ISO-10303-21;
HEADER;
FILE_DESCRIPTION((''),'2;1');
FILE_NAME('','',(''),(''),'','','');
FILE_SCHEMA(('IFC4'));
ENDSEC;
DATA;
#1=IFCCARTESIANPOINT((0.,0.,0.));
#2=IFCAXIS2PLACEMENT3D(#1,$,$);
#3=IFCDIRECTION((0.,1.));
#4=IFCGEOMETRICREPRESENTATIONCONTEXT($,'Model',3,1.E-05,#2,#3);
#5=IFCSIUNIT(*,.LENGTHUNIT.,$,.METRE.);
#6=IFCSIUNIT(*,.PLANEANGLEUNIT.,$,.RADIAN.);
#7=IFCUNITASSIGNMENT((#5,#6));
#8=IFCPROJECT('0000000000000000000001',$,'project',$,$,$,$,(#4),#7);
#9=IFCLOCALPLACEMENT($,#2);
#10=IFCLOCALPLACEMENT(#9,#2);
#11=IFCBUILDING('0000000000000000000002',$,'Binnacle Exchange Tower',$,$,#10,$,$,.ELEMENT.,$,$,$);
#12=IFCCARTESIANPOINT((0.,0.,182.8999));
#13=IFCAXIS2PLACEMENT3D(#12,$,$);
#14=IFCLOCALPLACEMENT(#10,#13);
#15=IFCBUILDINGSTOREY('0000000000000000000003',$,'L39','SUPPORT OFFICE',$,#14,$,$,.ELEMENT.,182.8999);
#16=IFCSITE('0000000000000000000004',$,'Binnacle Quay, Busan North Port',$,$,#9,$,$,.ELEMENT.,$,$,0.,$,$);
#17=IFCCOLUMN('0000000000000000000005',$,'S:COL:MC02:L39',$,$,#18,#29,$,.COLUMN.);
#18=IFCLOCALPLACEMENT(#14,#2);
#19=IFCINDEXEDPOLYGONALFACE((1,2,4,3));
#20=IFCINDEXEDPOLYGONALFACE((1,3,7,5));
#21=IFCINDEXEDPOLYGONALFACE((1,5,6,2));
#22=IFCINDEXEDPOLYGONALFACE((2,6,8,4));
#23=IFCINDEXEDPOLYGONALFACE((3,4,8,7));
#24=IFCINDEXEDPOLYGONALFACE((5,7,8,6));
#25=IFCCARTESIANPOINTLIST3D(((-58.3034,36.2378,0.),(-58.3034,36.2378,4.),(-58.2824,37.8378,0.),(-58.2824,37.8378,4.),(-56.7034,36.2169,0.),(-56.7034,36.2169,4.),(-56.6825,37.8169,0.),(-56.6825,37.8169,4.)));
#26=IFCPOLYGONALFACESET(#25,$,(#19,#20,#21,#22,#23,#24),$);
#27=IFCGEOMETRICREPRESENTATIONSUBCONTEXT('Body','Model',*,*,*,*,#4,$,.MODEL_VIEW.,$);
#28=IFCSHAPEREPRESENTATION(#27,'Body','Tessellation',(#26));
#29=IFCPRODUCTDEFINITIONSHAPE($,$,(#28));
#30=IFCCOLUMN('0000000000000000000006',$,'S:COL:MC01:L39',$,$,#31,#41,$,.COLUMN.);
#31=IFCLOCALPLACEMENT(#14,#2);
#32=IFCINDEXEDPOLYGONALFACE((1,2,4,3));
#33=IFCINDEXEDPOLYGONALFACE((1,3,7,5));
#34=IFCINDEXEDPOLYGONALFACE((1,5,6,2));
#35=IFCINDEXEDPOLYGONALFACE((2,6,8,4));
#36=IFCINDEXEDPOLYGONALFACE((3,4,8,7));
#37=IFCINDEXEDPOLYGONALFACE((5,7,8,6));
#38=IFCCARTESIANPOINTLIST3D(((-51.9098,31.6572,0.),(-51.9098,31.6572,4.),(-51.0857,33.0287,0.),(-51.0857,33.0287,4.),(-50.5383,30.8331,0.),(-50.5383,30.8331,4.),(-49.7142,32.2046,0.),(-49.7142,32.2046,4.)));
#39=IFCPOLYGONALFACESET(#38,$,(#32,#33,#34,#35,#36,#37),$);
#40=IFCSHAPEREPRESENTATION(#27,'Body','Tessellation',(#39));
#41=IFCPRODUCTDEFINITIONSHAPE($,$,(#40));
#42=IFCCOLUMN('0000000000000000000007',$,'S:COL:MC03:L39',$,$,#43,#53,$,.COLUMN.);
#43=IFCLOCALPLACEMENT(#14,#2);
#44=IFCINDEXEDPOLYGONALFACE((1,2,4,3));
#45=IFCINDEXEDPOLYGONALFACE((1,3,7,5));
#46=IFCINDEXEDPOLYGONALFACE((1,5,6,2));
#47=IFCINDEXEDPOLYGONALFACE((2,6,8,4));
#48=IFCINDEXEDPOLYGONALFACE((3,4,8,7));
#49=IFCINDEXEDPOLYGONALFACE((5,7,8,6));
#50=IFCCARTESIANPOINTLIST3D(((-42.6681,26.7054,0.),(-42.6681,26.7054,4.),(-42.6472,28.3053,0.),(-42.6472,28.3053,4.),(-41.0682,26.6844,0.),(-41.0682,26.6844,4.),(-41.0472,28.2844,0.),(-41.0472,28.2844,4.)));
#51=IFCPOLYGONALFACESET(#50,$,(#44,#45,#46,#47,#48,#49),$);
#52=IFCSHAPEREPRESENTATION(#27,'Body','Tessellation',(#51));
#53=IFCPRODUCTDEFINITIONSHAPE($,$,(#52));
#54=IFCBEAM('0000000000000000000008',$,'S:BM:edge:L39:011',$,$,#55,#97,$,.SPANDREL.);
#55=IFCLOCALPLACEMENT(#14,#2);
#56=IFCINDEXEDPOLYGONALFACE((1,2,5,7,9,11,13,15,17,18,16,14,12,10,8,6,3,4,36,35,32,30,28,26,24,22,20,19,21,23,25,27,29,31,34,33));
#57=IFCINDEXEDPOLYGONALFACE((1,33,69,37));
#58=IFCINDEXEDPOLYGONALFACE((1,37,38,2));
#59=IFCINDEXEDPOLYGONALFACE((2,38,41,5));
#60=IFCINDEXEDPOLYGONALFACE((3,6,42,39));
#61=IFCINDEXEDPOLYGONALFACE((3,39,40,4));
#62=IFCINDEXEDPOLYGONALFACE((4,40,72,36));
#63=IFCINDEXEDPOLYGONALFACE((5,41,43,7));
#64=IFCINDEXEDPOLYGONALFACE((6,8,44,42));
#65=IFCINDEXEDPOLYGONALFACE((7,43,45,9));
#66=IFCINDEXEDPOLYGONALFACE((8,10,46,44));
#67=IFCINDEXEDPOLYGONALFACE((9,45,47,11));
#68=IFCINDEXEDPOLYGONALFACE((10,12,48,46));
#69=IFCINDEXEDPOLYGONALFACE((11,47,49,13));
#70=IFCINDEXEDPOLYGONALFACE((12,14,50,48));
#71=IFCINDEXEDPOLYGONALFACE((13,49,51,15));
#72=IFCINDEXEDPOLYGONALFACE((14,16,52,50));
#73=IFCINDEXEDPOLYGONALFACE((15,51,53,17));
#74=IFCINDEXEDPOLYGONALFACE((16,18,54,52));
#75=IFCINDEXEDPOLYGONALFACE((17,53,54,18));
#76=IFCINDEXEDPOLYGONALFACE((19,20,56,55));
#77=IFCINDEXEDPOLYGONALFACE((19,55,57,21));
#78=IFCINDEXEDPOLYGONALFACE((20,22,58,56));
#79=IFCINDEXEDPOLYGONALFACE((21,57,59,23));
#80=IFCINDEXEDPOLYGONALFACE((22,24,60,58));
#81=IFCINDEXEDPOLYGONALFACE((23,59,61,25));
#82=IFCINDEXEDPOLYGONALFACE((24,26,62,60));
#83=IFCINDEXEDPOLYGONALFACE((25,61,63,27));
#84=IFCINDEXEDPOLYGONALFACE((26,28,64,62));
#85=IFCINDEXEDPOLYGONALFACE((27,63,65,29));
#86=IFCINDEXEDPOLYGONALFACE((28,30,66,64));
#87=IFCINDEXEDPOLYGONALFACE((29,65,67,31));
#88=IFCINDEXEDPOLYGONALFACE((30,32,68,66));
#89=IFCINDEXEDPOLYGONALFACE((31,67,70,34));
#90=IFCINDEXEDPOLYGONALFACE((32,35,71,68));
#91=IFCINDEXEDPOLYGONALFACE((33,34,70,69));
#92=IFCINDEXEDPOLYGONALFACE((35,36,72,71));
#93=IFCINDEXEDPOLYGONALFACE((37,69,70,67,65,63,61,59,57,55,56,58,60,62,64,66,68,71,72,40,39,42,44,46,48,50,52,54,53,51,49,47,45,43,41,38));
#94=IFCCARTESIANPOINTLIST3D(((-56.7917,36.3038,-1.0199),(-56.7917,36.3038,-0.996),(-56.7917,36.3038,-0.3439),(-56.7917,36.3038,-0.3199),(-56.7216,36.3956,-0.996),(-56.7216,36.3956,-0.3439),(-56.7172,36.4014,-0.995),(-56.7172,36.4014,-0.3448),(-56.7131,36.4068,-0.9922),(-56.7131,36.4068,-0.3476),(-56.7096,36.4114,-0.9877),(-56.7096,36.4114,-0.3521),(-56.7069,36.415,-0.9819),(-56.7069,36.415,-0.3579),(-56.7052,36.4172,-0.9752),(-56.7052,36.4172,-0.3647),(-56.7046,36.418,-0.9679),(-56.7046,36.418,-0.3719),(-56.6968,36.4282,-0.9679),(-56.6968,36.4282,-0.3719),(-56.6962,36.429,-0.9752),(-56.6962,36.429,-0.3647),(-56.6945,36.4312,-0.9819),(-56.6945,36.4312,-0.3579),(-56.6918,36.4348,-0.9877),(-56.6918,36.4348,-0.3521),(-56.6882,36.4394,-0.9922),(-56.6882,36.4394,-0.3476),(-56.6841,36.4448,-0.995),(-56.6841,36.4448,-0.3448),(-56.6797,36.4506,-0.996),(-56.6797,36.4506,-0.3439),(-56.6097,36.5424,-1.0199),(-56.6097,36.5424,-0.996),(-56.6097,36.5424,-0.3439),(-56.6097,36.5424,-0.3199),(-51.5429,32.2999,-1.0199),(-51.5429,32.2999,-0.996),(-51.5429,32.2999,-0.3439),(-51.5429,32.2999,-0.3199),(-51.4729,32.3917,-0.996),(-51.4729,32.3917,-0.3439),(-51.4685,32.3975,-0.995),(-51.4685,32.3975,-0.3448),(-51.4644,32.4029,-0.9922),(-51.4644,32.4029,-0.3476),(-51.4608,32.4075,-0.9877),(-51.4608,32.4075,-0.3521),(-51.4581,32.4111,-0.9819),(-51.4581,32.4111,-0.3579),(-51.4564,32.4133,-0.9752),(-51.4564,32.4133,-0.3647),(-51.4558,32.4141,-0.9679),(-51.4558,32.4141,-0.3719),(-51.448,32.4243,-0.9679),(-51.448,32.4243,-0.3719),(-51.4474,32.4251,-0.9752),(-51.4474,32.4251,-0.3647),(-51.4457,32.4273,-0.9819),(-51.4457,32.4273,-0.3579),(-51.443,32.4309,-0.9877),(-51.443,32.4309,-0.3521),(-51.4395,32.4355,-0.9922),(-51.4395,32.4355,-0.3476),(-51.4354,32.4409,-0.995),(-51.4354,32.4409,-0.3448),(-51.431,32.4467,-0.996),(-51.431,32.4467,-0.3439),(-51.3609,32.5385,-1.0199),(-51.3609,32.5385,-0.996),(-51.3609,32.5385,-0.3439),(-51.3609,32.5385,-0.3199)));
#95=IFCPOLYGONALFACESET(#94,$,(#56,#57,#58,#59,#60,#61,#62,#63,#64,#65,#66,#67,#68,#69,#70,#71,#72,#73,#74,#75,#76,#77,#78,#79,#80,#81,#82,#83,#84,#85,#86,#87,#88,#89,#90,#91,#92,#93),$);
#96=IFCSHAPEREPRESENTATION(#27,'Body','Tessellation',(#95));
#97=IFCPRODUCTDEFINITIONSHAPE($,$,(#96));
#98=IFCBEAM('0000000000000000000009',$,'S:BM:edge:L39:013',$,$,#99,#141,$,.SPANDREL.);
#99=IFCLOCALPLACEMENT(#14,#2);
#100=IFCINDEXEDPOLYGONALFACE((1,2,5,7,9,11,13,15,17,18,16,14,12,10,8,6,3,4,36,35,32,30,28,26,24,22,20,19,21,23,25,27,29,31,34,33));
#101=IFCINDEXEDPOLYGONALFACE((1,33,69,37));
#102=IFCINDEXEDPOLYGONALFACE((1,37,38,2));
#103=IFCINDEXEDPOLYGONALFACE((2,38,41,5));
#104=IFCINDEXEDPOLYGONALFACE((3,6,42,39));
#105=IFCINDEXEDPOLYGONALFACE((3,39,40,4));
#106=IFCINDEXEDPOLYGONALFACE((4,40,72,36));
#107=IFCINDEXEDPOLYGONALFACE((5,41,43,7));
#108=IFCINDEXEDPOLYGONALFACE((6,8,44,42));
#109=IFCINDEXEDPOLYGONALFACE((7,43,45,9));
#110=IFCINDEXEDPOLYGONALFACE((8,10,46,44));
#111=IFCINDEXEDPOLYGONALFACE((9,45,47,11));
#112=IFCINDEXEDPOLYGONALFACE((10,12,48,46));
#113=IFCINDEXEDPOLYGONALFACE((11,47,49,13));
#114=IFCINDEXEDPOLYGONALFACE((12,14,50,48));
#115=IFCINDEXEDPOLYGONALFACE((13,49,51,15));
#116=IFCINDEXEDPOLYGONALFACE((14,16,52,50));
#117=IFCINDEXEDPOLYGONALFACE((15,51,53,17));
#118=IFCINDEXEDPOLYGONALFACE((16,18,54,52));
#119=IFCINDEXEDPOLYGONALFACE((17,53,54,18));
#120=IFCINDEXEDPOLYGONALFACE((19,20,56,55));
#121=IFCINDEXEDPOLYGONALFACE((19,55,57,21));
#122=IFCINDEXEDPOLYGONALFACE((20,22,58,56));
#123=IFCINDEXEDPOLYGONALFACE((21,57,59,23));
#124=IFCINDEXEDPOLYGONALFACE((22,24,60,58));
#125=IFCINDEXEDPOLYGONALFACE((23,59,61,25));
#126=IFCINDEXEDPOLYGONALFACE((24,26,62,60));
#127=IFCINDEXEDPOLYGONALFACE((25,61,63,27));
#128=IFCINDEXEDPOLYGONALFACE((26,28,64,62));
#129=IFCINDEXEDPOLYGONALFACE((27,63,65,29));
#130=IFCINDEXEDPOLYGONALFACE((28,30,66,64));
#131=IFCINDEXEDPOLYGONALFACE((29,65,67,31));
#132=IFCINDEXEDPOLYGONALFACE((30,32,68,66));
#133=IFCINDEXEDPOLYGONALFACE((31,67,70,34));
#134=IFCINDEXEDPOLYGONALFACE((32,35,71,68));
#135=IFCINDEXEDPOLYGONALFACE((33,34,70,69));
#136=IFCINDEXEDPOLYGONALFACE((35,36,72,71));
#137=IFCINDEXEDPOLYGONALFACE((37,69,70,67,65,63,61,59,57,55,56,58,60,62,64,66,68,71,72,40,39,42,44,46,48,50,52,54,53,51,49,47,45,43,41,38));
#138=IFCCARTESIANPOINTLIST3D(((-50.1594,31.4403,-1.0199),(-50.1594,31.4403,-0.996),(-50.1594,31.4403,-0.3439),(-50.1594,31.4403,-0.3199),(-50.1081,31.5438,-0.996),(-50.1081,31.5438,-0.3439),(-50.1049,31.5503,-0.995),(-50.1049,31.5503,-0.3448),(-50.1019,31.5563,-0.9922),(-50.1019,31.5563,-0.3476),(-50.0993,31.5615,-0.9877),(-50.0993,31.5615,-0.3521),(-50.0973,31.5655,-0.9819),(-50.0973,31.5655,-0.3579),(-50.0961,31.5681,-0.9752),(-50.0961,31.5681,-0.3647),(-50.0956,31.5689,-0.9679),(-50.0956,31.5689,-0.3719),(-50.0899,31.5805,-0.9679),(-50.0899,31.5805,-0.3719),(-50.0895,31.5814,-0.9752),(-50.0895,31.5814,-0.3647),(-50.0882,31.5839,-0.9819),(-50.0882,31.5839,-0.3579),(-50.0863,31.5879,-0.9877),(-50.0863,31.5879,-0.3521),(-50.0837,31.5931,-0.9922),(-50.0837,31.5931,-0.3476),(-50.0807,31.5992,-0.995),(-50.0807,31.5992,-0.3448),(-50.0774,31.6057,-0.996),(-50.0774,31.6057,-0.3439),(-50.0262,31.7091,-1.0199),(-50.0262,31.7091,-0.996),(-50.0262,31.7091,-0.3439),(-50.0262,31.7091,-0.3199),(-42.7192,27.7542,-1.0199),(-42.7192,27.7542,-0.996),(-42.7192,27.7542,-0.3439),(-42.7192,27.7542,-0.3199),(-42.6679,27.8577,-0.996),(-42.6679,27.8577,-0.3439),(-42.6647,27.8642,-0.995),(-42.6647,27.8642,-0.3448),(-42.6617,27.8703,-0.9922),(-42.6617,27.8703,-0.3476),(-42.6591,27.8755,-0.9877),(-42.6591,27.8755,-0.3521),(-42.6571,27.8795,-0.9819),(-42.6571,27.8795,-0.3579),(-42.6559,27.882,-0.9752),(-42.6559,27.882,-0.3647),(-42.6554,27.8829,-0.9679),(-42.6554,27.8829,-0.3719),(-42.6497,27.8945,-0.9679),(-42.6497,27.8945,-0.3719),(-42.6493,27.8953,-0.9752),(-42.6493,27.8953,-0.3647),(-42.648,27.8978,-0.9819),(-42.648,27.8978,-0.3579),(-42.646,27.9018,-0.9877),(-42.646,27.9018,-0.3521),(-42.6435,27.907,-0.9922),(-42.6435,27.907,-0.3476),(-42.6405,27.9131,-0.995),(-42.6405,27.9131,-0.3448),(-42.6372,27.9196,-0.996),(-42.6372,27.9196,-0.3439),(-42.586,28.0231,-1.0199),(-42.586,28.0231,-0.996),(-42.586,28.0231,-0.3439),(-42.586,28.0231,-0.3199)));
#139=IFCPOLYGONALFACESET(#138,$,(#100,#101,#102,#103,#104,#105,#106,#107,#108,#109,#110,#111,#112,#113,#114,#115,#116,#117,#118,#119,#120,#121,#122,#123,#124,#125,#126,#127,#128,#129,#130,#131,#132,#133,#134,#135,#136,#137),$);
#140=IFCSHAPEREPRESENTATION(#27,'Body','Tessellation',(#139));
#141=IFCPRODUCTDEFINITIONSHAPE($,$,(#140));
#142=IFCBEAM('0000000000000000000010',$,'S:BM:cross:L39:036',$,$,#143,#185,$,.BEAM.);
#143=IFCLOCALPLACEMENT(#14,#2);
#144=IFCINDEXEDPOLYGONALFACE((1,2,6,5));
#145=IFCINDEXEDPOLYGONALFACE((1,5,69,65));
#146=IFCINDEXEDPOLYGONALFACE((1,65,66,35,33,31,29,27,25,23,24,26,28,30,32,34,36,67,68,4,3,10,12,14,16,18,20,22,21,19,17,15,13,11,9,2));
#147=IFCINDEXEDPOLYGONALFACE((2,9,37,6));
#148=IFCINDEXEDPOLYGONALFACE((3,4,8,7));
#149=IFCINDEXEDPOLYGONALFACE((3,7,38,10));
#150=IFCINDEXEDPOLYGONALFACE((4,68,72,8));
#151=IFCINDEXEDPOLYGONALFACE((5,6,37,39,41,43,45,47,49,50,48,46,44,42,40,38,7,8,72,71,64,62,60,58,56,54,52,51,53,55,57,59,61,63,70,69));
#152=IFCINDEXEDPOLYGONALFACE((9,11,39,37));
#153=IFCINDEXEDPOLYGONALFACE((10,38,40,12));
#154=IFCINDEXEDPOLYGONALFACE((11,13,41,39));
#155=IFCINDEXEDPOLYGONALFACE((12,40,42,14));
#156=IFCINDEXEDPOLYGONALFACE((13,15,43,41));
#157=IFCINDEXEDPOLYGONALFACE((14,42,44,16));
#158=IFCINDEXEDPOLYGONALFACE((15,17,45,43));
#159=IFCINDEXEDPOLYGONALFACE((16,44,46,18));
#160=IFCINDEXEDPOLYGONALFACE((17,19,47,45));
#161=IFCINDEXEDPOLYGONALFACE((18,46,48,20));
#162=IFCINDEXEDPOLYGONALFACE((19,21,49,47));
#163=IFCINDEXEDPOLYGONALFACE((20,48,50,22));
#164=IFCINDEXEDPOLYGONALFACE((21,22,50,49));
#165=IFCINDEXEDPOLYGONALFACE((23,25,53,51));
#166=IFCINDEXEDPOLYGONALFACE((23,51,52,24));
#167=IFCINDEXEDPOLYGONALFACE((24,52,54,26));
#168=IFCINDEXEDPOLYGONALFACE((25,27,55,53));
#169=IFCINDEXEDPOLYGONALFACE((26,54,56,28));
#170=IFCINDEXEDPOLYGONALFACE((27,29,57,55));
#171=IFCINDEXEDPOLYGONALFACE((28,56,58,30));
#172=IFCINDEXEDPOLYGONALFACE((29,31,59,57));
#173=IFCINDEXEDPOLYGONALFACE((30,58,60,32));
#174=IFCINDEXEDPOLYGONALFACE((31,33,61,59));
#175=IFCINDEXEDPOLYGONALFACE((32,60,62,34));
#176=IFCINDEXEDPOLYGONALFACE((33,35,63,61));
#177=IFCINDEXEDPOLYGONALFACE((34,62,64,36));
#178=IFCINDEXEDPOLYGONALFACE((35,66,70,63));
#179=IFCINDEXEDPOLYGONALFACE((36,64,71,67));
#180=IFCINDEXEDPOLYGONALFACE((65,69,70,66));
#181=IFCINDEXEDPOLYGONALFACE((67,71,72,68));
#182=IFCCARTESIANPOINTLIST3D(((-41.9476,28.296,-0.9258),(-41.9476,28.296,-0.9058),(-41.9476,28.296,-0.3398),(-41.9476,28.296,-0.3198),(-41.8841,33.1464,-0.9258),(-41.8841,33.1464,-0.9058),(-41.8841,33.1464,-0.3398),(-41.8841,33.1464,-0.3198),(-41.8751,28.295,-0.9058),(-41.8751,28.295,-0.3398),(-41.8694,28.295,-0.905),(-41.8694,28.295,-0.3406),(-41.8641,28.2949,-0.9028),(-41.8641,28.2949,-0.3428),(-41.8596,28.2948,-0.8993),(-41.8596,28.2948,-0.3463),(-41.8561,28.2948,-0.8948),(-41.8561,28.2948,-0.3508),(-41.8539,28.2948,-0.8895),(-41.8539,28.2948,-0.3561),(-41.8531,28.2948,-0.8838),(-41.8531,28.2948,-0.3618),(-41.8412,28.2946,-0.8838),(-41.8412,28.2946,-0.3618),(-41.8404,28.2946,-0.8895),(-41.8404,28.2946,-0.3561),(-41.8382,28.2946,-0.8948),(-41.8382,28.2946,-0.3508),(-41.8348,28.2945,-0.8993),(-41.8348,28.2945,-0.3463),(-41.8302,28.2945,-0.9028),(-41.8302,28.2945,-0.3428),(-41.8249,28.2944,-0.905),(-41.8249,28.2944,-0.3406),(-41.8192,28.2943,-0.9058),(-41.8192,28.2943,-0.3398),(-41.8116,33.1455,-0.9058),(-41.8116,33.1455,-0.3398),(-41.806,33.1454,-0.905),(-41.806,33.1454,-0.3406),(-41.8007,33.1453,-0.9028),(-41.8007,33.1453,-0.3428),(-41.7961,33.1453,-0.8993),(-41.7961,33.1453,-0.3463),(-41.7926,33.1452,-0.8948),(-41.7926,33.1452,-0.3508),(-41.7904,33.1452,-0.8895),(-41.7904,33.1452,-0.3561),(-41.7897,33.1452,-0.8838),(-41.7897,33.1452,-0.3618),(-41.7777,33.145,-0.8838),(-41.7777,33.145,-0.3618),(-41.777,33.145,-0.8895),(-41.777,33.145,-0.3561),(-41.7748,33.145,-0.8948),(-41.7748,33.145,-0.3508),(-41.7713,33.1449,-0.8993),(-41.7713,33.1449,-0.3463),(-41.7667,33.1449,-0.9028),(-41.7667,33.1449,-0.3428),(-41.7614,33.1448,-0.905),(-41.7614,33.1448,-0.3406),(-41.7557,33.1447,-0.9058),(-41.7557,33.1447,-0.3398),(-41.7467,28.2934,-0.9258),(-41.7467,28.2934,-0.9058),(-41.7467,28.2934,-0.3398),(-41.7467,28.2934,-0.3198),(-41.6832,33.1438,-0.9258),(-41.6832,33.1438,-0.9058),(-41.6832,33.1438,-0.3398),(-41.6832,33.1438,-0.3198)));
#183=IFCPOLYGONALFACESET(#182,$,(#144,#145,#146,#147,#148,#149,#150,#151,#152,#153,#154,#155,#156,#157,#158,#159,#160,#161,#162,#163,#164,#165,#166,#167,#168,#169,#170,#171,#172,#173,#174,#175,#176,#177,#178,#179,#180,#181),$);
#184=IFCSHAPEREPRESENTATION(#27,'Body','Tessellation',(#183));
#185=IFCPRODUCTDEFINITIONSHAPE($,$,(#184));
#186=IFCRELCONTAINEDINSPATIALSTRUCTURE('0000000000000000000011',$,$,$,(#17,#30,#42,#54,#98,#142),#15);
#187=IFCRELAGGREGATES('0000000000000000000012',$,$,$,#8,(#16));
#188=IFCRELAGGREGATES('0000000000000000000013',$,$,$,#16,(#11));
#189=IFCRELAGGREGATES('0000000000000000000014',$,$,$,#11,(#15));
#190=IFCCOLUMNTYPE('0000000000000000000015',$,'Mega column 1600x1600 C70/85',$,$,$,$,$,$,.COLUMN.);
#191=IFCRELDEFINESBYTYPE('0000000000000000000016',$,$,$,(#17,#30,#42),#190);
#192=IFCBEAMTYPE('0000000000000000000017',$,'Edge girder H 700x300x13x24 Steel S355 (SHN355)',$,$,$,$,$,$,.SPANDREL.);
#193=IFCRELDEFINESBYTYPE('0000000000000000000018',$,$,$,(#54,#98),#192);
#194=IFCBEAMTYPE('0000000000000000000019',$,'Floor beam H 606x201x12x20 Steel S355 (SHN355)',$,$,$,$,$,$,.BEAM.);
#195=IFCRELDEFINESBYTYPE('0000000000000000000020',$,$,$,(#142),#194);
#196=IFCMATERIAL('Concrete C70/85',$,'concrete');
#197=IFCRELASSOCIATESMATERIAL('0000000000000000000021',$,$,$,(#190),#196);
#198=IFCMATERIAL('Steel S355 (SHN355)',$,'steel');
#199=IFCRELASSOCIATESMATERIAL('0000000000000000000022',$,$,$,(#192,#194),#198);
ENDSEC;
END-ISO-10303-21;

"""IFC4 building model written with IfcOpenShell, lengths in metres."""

from ifc_helpers import new_model, si_unit, direction, frame, origin, origin_2d, place, context, subcontext, project, spatial, rectangle, i_section, extrude, material, material_profile, profile_set, type_object, element, save


model = new_model("IFC4")

# Units and contexts
model_context = context("Model", 3, precision=1e-05, world=origin(), true_north=direction((0.0, 1.0)))
body_context = subcontext(model_context, "Body", "Model", "MODEL_VIEW")
ifc_project = project(units=[si_unit("LENGTHUNIT", "METRE"), si_unit("PLANEANGLEUNIT", "RADIAN")], contexts=[model_context])

# Site, building, storey
site_placement = place(None, origin())
site = spatial("IfcSite", under=ifc_project, at=site_placement, Name="Binnacle Quay, Busan North Port", CompositionType="ELEMENT", RefElevation=0.0)
building_placement = place(site_placement, origin())
building = spatial("IfcBuilding", under=site, at=building_placement, Name="Binnacle Exchange Tower", CompositionType="ELEMENT")
storey_placement = place(building_placement, frame((0.0, 0.0, 182.8999)))
storey = spatial("IfcBuildingStorey", under=building, at=storey_placement, Name="L39", Description="SUPPORT OFFICE", CompositionType="ELEMENT", Elevation=182.8999)

# Columns
ifc_material_1 = material(Name="Concrete C70/85", Category="concrete")
ifc_material_profile_1 = material_profile(ifc_material_1, rectangle(XDim=1.6001, YDim=1.6001, at=origin_2d()), Name="Mega column 1600x1600 C70/85")
ifc_profile_set_1 = profile_set([ifc_material_profile_1], Name="Concrete C70/85")
column_type = type_object("IfcColumnType", Name="Mega column 1600x1600 C70/85", PredefinedType="COLUMN", material=ifc_profile_set_1)
for number, where, z_axis, x_axis, name in (
    (1, (-57.4929, 37.0273, 0.0), (0.0, 0.0, 1.0), (-0.01309, -0.999914, 0.0), "S:COL:MC02:L39"),
    (2, (-50.812, 31.9309, 0.0), (0.0, 0.0, 1.0), (0.857167, -0.515038, 0.0), "S:COL:MC01:L39"),
    (3, (-41.8577, 27.4949, 0.0), (0.0, 0.0, 1.0), (0.999914, -0.01309, 0.0), "S:COL:MC03:L39"),
):
    element("IfcColumn", number, at=place(storey_placement, frame(where, z_axis=z_axis, x_axis=x_axis)), inside=storey, type_object=column_type, Name=name, PredefinedType="COLUMN", context=body_context, shape_type="SweptSolid", body=[
        extrude(rectangle(XDim=1.6001, YDim=1.6001, at=origin_2d()), origin(), (0.0, 0.0, 1.0), 4.0),
    ])

# Beams
ifc_material_2 = material(Name="Steel S355 (SHN355)", Category="steel")
ifc_material_profile_2 = material_profile(ifc_material_2, i_section(OverallWidth=0.3, OverallDepth=0.7, WebThickness=0.0129, FlangeThickness=0.0239, FilletRadius=0.0281, at=origin_2d()), Name="H 700x300x13x24")
ifc_profile_set_2 = profile_set([ifc_material_profile_2], Name="Steel S355 (SHN355)")
beam_type_1 = type_object("IfcBeamType", Name="Edge girder H 700x300x13x24 Steel S355 (SHN355)", PredefinedType="SPANDREL", material=ifc_profile_set_2)
beam_1_placement = place(storey_placement, frame((-56.7007, 36.4231, -0.6699), z_axis=(0.795078, -0.606507, 0.0), x_axis=(0.606507, 0.795078, 0.0)))
element("IfcBeam", 4, at=beam_1_placement, inside=storey, type_object=beam_type_1, Name="S:BM:edge:L39:011", PredefinedType="SPANDREL", context=body_context, shape_type="SweptSolid", body=[
    extrude(i_section(OverallWidth=0.3, OverallDepth=0.7, WebThickness=0.0129, FlangeThickness=0.0239, FilletRadius=0.0281, at=origin_2d()), origin(), (0.0, 0.0, 1.0), 6.6016),
])
beam_2_placement = place(storey_placement, frame((-50.0928, 31.5747, -0.6699), z_axis=(0.896062, -0.443929, 0.0), x_axis=(0.443929, 0.896062, 0.0)))
element("IfcBeam", 5, at=beam_2_placement, inside=storey, type_object=beam_type_1, Name="S:BM:edge:L39:013", PredefinedType="SPANDREL", context=body_context, shape_type="SweptSolid", body=[
    extrude(i_section(OverallWidth=0.3, OverallDepth=0.7, WebThickness=0.0129, FlangeThickness=0.0239, FilletRadius=0.0281, at=origin_2d()), origin(), (0.0, 0.0, 1.0), 8.3032),
])
ifc_material_profile_3 = material_profile(ifc_material_2, i_section(OverallWidth=0.2009, OverallDepth=0.606, WebThickness=0.012, FlangeThickness=0.02, FilletRadius=0.022, at=origin_2d()), Name="H 606x201x12x20")
ifc_profile_set_3 = profile_set([ifc_material_profile_3], Name="Steel S355 (SHN355)")
beam_type_2 = type_object("IfcBeamType", Name="Floor beam H 606x201x12x20 Steel S355 (SHN355)", PredefinedType="BEAM", material=ifc_profile_set_3)
beam_3_placement = place(storey_placement, frame((-41.8472, 28.2947, -0.6228), z_axis=(0.013086, 0.999914, 0.0), x_axis=(-0.999914, 0.013086, 0.0)))
element("IfcBeam", 6, at=beam_3_placement, inside=storey, type_object=beam_type_2, Name="S:BM:cross:L39:036", PredefinedType="BEAM", context=body_context, shape_type="SweptSolid", body=[
    extrude(i_section(OverallWidth=0.2009, OverallDepth=0.606, WebThickness=0.012, FlangeThickness=0.02, FilletRadius=0.022, at=origin_2d()), origin(), (0.0, 0.0, 1.0), 4.8508),
])

save(model, "model.ifc")
